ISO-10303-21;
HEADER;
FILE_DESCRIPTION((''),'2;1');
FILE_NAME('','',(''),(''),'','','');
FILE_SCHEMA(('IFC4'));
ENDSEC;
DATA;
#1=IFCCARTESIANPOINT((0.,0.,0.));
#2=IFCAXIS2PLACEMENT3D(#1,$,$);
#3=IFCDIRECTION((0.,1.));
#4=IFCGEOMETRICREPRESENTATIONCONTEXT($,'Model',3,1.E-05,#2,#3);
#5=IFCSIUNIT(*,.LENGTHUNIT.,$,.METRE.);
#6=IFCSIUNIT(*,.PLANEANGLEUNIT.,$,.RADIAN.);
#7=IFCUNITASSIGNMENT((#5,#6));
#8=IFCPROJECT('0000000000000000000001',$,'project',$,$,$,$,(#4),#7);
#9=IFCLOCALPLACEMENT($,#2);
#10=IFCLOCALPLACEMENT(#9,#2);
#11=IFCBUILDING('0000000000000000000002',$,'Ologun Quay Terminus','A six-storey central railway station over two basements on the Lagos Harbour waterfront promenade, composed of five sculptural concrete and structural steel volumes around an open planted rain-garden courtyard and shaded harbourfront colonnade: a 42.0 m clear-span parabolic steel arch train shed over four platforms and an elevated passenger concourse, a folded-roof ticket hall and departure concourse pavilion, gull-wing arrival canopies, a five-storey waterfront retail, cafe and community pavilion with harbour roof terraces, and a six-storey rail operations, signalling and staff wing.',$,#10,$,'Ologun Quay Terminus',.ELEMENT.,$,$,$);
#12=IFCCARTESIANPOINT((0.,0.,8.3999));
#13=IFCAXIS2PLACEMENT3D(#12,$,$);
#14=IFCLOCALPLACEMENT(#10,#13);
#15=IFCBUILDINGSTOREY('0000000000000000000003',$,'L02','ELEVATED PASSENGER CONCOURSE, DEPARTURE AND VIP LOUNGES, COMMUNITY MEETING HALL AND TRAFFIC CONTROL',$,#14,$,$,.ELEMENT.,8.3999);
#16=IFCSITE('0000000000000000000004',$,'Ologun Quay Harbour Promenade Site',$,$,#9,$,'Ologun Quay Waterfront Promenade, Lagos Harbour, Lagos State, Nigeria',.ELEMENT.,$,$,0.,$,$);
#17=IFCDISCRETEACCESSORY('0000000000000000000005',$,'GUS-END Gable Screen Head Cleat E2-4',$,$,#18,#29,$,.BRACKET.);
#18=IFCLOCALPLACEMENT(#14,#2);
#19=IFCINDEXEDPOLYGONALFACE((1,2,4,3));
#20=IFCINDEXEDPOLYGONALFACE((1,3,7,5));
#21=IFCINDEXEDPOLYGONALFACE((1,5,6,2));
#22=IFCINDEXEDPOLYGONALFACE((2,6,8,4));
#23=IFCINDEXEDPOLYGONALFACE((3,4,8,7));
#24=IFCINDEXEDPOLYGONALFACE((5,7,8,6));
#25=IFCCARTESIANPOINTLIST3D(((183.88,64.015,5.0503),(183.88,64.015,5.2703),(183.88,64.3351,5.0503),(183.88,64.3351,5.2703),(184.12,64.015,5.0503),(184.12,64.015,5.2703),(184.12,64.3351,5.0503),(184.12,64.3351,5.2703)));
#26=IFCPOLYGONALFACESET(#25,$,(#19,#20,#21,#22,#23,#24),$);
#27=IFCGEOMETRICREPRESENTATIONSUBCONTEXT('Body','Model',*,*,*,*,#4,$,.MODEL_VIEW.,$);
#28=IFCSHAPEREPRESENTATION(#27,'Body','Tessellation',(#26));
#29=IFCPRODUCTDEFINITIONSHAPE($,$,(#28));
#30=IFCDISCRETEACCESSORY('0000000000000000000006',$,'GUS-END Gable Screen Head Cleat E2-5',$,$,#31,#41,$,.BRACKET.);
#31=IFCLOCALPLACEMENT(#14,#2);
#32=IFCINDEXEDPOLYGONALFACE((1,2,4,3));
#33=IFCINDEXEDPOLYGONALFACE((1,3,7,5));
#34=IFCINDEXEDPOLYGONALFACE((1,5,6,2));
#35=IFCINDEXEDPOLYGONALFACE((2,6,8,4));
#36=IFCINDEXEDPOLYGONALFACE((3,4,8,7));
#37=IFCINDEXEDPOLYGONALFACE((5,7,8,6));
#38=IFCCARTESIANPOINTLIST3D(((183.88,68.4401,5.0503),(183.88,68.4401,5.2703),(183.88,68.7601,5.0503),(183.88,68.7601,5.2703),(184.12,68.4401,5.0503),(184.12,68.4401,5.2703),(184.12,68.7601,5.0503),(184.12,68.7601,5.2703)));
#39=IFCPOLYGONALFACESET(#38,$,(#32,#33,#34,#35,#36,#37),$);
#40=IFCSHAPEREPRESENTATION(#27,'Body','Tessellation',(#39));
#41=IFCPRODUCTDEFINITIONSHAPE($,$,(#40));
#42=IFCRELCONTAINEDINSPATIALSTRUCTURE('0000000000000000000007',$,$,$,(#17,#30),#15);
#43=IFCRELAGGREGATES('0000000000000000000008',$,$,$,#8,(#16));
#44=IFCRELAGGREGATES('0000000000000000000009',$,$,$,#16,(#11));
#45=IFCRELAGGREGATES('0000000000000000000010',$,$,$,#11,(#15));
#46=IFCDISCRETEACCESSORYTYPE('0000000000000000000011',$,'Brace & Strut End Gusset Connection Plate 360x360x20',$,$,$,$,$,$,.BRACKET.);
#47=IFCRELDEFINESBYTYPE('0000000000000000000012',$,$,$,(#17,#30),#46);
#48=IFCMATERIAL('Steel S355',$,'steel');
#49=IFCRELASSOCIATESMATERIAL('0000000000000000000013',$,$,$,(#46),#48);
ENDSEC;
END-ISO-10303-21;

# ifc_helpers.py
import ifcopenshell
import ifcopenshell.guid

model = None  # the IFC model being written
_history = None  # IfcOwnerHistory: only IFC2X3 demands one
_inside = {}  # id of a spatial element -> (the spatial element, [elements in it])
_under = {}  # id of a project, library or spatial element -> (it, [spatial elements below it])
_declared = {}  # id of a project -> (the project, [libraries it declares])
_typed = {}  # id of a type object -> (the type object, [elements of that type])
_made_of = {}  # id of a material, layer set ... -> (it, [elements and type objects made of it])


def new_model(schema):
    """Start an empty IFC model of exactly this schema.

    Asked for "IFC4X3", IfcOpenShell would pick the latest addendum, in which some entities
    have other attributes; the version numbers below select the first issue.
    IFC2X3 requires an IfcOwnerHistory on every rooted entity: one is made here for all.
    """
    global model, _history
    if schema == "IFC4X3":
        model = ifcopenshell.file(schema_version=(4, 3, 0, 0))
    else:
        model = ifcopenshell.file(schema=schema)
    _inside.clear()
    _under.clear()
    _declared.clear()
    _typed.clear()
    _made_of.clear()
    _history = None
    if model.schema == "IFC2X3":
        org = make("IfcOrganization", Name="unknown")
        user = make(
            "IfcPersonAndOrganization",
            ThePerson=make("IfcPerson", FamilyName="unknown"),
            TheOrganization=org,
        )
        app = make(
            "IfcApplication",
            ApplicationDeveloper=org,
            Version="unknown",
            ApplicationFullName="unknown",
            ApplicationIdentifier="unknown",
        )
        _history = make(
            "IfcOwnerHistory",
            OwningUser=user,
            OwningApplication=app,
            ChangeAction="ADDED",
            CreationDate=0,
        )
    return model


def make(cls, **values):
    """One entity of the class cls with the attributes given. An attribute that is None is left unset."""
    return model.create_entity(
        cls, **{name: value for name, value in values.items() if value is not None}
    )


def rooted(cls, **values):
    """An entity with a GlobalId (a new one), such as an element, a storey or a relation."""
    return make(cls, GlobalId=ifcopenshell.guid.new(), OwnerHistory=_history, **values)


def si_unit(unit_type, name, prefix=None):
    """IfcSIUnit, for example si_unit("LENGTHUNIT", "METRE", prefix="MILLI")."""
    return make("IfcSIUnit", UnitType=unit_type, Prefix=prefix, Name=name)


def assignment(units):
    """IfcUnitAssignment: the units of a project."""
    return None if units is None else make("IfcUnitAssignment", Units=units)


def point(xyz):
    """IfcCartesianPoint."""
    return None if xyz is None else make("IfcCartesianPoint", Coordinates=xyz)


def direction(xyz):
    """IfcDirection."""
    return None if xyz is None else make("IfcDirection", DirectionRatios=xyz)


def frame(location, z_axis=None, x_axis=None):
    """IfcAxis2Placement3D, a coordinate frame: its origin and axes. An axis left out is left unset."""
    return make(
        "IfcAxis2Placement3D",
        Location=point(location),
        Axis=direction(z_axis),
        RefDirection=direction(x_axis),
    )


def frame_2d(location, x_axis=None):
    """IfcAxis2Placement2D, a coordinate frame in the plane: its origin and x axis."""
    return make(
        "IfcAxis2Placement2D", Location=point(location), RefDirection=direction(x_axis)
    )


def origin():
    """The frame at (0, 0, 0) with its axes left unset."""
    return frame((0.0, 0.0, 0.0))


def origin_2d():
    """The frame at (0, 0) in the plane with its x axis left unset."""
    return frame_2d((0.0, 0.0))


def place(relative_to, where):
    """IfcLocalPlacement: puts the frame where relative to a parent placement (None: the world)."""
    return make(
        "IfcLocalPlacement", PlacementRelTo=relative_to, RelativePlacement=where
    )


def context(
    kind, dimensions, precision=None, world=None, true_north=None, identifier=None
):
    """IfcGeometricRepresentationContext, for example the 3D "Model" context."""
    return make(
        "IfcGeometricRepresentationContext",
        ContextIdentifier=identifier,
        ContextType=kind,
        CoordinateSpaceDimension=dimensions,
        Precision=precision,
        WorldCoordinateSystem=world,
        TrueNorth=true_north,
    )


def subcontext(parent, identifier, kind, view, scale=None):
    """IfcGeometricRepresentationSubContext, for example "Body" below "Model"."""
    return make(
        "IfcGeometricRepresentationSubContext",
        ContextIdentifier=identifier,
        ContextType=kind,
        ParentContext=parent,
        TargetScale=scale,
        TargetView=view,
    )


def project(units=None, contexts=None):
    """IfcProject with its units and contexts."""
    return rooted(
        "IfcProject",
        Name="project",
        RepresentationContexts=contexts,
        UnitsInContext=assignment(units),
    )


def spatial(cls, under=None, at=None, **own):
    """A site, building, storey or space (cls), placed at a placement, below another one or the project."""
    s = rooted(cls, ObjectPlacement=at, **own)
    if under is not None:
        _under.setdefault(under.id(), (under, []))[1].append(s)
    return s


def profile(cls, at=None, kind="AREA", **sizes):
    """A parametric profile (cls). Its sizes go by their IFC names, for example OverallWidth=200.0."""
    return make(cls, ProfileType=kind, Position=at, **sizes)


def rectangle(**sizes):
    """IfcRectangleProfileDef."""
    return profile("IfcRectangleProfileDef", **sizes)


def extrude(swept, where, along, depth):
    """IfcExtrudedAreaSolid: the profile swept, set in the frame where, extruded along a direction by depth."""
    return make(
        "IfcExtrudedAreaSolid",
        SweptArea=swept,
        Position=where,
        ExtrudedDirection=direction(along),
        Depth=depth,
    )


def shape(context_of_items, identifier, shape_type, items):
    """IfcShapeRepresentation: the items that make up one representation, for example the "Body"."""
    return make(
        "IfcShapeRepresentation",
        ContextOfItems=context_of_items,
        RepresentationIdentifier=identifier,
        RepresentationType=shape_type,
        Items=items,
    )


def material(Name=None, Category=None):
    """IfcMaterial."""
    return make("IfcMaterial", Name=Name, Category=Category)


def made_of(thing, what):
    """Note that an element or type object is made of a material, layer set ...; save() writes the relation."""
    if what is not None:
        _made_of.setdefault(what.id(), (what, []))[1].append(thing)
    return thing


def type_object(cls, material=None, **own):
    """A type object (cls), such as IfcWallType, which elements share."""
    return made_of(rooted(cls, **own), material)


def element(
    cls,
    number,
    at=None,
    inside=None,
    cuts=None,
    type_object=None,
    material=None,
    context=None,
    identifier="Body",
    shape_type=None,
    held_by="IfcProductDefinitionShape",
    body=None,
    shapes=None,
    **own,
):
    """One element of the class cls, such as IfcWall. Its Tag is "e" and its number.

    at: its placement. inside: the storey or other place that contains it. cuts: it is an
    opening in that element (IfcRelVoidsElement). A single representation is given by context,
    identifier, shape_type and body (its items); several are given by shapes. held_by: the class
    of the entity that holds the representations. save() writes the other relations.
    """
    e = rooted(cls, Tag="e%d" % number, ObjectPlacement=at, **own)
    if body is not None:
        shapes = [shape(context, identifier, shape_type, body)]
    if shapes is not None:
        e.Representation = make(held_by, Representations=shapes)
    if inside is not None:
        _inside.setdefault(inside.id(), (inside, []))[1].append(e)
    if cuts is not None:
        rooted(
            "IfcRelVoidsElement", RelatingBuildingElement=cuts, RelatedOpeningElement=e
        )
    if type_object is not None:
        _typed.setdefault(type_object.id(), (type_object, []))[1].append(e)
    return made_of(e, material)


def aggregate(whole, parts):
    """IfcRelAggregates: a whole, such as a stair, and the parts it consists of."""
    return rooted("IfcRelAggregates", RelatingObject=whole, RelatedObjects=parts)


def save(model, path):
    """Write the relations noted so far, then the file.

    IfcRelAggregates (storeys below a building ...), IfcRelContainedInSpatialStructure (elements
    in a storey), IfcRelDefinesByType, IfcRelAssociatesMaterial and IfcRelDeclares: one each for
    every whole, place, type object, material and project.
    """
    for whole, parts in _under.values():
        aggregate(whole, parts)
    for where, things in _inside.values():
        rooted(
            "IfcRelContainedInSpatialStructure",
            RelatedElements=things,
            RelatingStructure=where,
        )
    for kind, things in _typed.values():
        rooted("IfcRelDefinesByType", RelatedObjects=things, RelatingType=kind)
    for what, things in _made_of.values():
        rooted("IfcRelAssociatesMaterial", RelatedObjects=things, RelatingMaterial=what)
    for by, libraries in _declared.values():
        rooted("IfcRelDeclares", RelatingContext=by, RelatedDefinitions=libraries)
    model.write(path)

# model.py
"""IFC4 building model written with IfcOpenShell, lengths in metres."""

from ifc_helpers import new_model, si_unit, direction, frame, origin, origin_2d, place, context, subcontext, project, spatial, rectangle, extrude, material, type_object, element, save


model = new_model("IFC4")

# Units and contexts
model_context = context("Model", 3, precision=1e-05, world=origin(), true_north=direction((0.0, 1.0)))
body_context = subcontext(model_context, "Body", "Model", "MODEL_VIEW")
ifc_project = project(units=[si_unit("LENGTHUNIT", "METRE"), si_unit("PLANEANGLEUNIT", "RADIAN")], contexts=[model_context])

# Site, building, storey
site_placement = place(None, origin())
site = spatial("IfcSite", under=ifc_project, at=site_placement, Name="Ologun Quay Harbour Promenade Site", LongName="Ologun Quay Waterfront Promenade, Lagos Harbour, Lagos State, Nigeria", CompositionType="ELEMENT", RefElevation=0.0)
building_placement = place(site_placement, origin())
building = spatial("IfcBuilding", under=site, at=building_placement, Name="Ologun Quay Terminus", Description="A six-storey central railway station over two basements on the Lagos Harbour waterfront promenade, composed of five sculptural concrete and structural steel volumes around an open planted rain-garden courtyard and shaded harbourfront colonnade: a 42.0 m clear-span parabolic steel arch train shed over four platforms and an elevated passenger concourse, a folded-roof ticket hall and departure concourse pavilion, gull-wing arrival canopies, a five-storey waterfront retail, cafe and community pavilion with harbour roof terraces, and a six-storey rail operations, signalling and staff wing.", LongName="Ologun Quay Terminus", CompositionType="ELEMENT")
storey_placement = place(building_placement, frame((0.0, 0.0, 8.3999)))
storey = spatial("IfcBuildingStorey", under=building, at=storey_placement, Name="L02", Description="ELEVATED PASSENGER CONCOURSE, DEPARTURE AND VIP LOUNGES, COMMUNITY MEETING HALL AND TRAFFIC CONTROL", CompositionType="ELEMENT", Elevation=8.3999)

# Discrete accessories
ifc_material_1 = material(Name="Steel S355", Category="steel")
discrete_accessory_type = type_object("IfcDiscreteAccessoryType", Name="Brace & Strut End Gusset Connection Plate 360x360x20", PredefinedType="BRACKET", material=ifc_material_1)
for number, where, z_axis, x_axis, name in (
    (1, (184.0, 64.175, 5.0503), (0.0, 0.0, 1.0), (1.0, 0.0, 0.0), "GUS-END Gable Screen Head Cleat E2-4"),
    (2, (184.0, 68.6001, 5.0503), (0.0, 0.0, 1.0), (1.0, 0.0, 0.0), "GUS-END Gable Screen Head Cleat E2-5"),
):
    element("IfcDiscreteAccessory", number, at=place(storey_placement, frame(where, z_axis=z_axis, x_axis=x_axis)), inside=storey, type_object=discrete_accessory_type, Name=name, PredefinedType="BRACKET", context=body_context, shape_type="SweptSolid", body=[
        extrude(rectangle(XDim=0.24, YDim=0.3201, at=origin_2d()), origin(), (0.0, 0.0, 1.0), 0.22),
    ])

save(model, "model.ifc")
